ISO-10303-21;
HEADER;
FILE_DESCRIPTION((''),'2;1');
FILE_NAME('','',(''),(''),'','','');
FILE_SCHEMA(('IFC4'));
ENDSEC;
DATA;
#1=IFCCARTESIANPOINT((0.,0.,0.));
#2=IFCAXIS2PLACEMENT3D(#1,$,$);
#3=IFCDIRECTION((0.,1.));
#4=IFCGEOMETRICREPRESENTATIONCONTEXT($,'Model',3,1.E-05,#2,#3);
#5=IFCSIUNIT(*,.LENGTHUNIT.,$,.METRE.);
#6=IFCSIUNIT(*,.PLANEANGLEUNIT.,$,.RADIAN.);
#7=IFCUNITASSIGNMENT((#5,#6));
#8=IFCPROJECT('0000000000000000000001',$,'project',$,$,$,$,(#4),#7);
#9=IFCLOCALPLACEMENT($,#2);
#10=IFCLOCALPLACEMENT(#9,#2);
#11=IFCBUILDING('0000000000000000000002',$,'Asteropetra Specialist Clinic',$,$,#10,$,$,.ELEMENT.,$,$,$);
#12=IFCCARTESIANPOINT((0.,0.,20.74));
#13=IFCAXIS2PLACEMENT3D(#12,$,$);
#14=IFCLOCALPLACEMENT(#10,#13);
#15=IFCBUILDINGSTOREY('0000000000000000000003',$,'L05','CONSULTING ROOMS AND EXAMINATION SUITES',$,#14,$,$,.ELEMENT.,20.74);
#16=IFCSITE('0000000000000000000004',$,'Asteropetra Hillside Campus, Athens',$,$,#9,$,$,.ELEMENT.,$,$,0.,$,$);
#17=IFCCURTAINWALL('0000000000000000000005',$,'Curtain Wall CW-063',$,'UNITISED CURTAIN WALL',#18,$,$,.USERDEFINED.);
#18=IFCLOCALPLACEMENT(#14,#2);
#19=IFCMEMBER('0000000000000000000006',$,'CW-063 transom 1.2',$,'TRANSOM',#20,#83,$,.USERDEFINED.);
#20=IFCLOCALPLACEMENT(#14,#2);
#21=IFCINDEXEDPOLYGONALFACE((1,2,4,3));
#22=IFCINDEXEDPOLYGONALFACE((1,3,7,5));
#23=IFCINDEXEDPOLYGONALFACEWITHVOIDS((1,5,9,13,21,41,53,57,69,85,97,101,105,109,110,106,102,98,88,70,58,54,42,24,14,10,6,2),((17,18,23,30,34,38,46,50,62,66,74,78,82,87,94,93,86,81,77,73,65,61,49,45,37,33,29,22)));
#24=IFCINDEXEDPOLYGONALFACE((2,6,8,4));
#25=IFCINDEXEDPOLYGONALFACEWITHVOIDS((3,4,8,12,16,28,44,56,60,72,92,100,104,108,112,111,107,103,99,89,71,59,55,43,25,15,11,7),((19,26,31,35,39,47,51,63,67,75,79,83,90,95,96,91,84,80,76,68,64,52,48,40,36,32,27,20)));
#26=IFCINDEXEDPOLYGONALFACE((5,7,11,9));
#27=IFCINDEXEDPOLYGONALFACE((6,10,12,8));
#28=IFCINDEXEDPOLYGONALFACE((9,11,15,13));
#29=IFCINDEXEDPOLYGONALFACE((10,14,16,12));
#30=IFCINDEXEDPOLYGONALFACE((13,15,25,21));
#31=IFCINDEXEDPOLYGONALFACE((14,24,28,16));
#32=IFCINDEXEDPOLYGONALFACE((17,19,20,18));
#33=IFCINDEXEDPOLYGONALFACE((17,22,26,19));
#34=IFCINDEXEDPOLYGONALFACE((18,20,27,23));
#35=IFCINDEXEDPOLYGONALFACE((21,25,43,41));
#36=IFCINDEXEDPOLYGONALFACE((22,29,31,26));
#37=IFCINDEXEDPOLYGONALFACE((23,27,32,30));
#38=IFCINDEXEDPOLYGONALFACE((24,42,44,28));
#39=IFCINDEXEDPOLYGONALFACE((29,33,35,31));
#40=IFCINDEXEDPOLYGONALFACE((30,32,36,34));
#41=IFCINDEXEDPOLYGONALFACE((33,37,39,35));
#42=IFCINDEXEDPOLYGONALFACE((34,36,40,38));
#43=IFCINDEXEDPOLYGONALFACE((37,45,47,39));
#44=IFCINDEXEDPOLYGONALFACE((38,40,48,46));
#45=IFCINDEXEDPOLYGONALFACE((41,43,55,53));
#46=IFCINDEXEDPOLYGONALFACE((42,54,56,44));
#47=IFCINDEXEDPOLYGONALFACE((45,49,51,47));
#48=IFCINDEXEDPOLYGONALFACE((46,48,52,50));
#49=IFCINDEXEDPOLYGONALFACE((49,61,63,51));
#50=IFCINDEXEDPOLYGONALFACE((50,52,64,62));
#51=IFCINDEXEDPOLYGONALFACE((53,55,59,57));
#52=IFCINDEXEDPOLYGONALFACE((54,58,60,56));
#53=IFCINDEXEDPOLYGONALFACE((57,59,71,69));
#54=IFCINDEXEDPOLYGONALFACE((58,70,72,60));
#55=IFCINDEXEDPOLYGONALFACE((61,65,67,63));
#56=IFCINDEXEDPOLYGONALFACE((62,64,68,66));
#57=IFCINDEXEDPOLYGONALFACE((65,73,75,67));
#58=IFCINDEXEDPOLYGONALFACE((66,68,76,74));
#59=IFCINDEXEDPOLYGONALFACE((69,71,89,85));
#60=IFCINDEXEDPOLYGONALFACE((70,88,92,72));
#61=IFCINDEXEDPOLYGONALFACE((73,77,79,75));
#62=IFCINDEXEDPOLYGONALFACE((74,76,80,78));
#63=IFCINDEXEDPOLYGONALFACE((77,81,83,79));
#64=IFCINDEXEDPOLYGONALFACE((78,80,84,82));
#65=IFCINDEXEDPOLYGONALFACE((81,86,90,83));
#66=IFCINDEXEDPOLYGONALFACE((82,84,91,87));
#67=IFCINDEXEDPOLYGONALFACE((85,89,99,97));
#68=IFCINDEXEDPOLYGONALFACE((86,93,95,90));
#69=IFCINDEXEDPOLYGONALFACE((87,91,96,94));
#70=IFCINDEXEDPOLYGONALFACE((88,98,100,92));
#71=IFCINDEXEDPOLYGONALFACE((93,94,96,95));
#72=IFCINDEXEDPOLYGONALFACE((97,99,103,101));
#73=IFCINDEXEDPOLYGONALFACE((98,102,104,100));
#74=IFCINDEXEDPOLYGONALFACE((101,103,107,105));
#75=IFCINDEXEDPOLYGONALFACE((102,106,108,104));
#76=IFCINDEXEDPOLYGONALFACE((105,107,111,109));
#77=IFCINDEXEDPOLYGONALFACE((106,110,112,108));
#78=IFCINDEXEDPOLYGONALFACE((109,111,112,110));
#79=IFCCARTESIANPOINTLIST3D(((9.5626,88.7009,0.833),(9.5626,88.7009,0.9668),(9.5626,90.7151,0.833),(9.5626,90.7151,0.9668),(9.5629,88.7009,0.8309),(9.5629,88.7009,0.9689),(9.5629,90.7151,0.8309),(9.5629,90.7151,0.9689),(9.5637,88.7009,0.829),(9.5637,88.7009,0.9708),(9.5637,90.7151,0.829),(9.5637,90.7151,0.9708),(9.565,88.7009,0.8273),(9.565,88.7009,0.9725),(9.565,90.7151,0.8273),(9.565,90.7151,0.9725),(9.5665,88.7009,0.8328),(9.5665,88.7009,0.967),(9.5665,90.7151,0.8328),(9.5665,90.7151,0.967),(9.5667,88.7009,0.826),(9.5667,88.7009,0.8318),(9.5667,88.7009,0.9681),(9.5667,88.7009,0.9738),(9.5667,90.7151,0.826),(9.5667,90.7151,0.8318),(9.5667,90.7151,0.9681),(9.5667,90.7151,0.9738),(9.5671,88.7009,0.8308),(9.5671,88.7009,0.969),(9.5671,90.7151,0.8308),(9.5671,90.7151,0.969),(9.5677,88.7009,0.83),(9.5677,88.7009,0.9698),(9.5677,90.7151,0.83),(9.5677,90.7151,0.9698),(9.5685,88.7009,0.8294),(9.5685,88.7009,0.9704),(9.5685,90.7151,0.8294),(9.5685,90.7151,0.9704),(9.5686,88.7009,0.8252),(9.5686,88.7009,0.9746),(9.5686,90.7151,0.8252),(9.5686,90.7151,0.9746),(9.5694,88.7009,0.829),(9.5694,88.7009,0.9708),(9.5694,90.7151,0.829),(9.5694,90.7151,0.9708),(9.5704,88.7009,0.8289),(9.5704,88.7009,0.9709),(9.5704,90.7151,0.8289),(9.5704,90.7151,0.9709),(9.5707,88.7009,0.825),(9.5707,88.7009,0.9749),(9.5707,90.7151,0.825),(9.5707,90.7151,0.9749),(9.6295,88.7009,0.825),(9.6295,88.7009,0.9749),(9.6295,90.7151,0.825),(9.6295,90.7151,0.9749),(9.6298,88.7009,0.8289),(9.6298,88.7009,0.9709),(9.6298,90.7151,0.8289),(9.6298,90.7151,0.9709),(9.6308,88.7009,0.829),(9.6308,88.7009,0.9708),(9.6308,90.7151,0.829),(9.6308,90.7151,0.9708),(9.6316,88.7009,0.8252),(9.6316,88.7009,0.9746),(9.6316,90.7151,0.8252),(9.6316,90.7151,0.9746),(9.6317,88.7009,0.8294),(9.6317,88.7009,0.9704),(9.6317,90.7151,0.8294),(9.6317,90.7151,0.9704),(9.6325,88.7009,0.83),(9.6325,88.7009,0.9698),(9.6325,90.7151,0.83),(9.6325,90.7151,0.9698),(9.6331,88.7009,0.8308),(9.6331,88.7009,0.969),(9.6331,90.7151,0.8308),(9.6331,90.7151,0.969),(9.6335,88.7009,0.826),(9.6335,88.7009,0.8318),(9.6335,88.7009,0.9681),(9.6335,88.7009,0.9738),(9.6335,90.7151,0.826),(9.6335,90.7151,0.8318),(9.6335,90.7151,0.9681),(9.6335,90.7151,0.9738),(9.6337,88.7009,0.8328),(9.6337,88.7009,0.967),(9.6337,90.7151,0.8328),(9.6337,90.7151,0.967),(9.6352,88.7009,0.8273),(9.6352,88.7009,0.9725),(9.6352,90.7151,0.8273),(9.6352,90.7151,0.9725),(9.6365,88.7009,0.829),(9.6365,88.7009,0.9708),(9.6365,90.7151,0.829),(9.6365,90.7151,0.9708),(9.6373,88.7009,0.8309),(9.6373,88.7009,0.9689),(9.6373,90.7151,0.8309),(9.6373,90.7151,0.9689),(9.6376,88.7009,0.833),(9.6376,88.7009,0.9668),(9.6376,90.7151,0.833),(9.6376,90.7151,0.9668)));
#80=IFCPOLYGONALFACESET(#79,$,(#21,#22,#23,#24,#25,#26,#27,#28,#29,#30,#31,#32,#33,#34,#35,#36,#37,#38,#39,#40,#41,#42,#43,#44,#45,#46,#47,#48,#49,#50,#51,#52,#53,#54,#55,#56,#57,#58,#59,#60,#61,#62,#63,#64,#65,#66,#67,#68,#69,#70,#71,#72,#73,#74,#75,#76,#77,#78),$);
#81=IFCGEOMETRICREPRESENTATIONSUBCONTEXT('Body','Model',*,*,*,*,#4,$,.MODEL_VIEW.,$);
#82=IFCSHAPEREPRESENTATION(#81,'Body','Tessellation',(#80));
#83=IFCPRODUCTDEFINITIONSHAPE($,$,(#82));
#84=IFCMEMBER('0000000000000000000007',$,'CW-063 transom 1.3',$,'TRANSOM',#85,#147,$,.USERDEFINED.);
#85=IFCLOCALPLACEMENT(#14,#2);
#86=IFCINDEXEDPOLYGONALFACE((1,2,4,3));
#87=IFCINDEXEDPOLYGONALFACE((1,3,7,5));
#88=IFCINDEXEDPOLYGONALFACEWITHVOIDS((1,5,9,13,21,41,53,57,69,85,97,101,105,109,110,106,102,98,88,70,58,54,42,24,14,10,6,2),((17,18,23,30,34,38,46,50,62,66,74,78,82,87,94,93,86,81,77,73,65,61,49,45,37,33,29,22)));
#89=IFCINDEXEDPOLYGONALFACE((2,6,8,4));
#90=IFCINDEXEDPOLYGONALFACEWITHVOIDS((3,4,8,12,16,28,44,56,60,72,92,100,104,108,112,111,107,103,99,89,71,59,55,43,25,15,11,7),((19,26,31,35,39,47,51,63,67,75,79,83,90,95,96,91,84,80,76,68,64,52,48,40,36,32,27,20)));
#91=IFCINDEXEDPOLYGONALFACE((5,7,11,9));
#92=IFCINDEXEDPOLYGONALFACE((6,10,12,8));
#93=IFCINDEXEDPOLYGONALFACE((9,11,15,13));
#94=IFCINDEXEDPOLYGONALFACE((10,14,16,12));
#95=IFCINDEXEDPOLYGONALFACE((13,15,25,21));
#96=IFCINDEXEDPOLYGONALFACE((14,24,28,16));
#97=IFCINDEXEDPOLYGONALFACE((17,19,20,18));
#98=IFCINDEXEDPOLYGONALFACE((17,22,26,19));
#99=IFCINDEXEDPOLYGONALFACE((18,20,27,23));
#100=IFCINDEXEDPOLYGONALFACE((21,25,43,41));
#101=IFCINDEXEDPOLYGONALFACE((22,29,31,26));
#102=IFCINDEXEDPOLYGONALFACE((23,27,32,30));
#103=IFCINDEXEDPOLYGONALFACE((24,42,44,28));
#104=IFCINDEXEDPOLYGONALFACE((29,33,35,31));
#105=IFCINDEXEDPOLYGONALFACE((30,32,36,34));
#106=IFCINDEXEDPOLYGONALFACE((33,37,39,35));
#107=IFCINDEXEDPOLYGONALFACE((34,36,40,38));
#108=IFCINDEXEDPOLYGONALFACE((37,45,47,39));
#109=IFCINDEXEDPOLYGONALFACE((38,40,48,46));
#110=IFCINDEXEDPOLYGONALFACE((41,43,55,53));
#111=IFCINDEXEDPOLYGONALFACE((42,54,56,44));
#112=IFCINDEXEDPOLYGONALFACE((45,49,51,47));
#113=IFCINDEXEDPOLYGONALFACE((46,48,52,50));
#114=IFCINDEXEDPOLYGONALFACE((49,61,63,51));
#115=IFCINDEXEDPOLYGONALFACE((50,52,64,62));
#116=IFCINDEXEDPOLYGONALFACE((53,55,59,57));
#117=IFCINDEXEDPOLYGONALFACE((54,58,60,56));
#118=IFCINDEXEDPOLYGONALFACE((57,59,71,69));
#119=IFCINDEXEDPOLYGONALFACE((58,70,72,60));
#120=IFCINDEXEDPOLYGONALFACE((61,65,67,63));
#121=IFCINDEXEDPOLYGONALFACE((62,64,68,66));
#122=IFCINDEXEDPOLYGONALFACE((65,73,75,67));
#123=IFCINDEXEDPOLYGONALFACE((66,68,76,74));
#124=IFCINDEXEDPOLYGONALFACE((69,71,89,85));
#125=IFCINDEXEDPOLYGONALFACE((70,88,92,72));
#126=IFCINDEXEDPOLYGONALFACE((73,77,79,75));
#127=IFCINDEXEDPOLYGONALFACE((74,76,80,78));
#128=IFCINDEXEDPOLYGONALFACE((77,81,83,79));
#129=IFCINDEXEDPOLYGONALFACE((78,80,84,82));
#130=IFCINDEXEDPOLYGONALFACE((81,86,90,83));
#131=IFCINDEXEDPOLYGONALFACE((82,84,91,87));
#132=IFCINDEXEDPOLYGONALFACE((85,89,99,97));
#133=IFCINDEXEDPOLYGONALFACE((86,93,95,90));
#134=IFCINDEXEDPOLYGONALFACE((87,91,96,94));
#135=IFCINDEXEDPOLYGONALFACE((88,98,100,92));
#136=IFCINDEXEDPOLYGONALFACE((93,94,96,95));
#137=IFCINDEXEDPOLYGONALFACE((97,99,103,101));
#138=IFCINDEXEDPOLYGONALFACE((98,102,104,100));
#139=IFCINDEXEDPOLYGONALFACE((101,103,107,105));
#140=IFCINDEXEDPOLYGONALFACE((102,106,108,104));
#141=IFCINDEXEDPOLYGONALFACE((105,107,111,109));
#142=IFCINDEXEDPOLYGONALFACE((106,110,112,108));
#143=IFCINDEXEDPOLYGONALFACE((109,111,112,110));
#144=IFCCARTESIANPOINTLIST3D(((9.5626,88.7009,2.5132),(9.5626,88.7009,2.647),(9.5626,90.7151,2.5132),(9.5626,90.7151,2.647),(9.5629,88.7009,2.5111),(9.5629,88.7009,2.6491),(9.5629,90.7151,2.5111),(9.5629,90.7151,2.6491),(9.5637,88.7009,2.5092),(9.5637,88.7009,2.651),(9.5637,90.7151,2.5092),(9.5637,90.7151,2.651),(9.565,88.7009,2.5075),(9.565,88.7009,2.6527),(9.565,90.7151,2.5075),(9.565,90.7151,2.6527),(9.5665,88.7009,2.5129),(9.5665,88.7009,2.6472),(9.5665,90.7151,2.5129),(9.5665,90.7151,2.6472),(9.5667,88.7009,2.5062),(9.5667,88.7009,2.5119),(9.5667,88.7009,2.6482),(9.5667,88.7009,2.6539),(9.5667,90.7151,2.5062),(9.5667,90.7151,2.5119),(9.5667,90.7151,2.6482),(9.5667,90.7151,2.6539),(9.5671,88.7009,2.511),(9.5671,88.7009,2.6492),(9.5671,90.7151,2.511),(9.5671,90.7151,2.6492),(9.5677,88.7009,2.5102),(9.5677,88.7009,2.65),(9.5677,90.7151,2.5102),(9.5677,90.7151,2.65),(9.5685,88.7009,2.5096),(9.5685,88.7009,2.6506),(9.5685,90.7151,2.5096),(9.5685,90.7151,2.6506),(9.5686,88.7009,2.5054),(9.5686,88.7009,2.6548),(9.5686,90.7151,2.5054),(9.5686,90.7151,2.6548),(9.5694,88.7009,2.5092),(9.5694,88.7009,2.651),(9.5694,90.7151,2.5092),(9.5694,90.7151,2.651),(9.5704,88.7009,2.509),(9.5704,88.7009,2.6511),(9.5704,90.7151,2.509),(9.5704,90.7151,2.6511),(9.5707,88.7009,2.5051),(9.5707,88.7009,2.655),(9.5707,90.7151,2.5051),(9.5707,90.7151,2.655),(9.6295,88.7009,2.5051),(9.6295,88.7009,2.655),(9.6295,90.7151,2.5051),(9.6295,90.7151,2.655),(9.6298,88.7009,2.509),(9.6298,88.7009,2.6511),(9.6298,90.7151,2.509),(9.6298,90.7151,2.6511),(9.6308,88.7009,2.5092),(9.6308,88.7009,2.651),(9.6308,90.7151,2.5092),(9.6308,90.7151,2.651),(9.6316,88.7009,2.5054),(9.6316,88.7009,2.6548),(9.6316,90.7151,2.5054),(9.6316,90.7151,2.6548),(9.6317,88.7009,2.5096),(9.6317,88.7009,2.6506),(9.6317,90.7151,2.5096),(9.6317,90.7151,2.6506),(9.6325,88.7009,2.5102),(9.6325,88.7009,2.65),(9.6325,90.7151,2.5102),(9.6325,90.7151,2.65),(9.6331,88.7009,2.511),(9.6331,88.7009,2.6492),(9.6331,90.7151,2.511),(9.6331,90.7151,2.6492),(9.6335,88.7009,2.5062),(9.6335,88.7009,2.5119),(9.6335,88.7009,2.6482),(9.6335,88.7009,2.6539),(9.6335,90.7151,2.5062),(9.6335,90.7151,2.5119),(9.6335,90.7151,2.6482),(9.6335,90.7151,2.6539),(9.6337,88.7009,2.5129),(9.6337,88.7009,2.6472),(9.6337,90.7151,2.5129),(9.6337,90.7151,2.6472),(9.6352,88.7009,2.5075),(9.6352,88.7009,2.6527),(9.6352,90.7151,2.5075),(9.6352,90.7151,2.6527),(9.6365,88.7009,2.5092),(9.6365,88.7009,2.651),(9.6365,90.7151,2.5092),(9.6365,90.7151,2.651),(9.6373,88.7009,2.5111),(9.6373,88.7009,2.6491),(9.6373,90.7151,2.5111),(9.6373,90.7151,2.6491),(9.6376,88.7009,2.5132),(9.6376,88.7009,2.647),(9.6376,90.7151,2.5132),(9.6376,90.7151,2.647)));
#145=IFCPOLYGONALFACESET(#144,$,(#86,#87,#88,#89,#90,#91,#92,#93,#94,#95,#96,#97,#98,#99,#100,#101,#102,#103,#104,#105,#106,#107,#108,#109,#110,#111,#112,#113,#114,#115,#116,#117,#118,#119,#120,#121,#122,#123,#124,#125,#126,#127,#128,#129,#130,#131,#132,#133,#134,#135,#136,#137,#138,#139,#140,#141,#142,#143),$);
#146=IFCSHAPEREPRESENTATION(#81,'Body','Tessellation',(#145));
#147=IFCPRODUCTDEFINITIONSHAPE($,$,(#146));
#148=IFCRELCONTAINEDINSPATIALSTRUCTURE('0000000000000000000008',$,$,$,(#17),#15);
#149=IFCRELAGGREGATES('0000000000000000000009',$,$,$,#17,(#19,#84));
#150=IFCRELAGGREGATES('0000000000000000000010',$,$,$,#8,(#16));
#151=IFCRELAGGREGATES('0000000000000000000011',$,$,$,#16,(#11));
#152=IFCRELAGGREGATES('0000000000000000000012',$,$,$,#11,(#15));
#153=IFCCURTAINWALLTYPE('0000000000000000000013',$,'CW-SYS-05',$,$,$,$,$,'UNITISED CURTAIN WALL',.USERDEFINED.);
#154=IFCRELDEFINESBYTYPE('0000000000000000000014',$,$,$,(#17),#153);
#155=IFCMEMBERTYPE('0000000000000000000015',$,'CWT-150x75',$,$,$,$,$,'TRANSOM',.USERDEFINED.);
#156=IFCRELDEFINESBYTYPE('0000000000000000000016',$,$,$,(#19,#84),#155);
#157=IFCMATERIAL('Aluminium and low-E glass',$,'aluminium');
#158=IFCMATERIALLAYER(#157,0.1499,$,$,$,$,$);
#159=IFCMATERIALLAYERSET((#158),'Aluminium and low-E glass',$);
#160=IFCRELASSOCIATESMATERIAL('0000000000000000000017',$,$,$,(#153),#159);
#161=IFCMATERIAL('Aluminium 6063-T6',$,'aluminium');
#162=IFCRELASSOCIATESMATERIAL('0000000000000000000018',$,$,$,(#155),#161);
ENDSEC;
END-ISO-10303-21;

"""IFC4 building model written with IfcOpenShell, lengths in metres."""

from ifc_helpers import new_model, si_unit, direction, frame, origin, origin_2d, place, context, subcontext, project, spatial, hollow_rectangle, extrude, material, layer, layer_set, material_profile, profile_set, type_object, element, aggregate, save


model = new_model("IFC4")

# Units and contexts
model_context = context("Model", 3, precision=1e-05, world=origin(), true_north=direction((0.0, 1.0)))
body_context = subcontext(model_context, "Body", "Model", "MODEL_VIEW")
ifc_project = project(units=[si_unit("LENGTHUNIT", "METRE"), si_unit("PLANEANGLEUNIT", "RADIAN")], contexts=[model_context])

# Site, building, storey
site_placement = place(None, origin())
site = spatial("IfcSite", under=ifc_project, at=site_placement, Name="Asteropetra Hillside Campus, Athens", CompositionType="ELEMENT", RefElevation=0.0)
building_placement = place(site_placement, origin())
building = spatial("IfcBuilding", under=site, at=building_placement, Name="Asteropetra Specialist Clinic", CompositionType="ELEMENT")
storey_placement = place(building_placement, frame((0.0, 0.0, 20.74)))
storey = spatial("IfcBuildingStorey", under=building, at=storey_placement, Name="L05", Description="CONSULTING ROOMS AND EXAMINATION SUITES", CompositionType="ELEMENT", Elevation=20.74)

# Curtain wall, members
ifc_material_1 = material(Name="Aluminium and low-E glass", Category="aluminium")
ifc_layer_1 = layer(ifc_material_1, 0.1499)
ifc_layer_set_1 = layer_set([ifc_layer_1], Name="Aluminium and low-E glass")
curtain_wall_type = type_object("IfcCurtainWallType", Name="CW-SYS-05", ElementType="UNITISED CURTAIN WALL", PredefinedType="USERDEFINED", material=ifc_layer_set_1)
curtain_wall_placement = place(storey_placement, origin())
curtain_wall = element("IfcCurtainWall", 1, at=curtain_wall_placement, inside=storey, type_object=curtain_wall_type, Name="Curtain Wall CW-063", ObjectType="UNITISED CURTAIN WALL", PredefinedType="USERDEFINED")
ifc_material_2 = material(Name="Aluminium 6063-T6", Category="aluminium")
ifc_material_profile_1 = material_profile(ifc_material_2, hollow_rectangle(XDim=0.075, YDim=0.1499, WallThickness=0.0039, InnerFilletRadius=0.0039, OuterFilletRadius=0.0081, at=origin_2d()), Name="TRN 150x75x4.0")
ifc_profile_set_1 = profile_set([ifc_material_profile_1], Name="Aluminium 6063-T6")
member_type_1 = type_object("IfcMemberType", Name="CWT-150x75", ElementType="TRANSOM", PredefinedType="USERDEFINED", material=ifc_profile_set_1)
member_1_placement = place(storey_placement, frame((9.6001, 90.7151, 0.8999), z_axis=(0.0, -1.0, 0.0), x_axis=(1.0, 0.0, 0.0)))
member_1 = element("IfcMember", 2, at=member_1_placement, type_object=member_type_1, Name="CW-063 transom 1.2", ObjectType="TRANSOM", PredefinedType="USERDEFINED", context=body_context, shape_type="SweptSolid", body=[
    extrude(hollow_rectangle(XDim=0.075, YDim=0.1499, WallThickness=0.0039, InnerFilletRadius=0.0039, OuterFilletRadius=0.0081, at=origin_2d()), origin(), (0.0, 0.0, 1.0), 2.0142),
])
member_2_placement = place(storey_placement, frame((9.6001, 90.7151, 2.5801), z_axis=(0.0, -1.0, 0.0), x_axis=(1.0, 0.0, 0.0)))
member_2 = element("IfcMember", 3, at=member_2_placement, type_object=member_type_1, Name="CW-063 transom 1.3", ObjectType="TRANSOM", PredefinedType="USERDEFINED", context=body_context, shape_type="SweptSolid", body=[
    extrude(hollow_rectangle(XDim=0.075, YDim=0.1499, WallThickness=0.0039, InnerFilletRadius=0.0039, OuterFilletRadius=0.0081, at=origin_2d()), origin(), (0.0, 0.0, 1.0), 2.0142),
])
aggregate(curtain_wall, [member_1, member_2])

save(model, "model.ifc")
